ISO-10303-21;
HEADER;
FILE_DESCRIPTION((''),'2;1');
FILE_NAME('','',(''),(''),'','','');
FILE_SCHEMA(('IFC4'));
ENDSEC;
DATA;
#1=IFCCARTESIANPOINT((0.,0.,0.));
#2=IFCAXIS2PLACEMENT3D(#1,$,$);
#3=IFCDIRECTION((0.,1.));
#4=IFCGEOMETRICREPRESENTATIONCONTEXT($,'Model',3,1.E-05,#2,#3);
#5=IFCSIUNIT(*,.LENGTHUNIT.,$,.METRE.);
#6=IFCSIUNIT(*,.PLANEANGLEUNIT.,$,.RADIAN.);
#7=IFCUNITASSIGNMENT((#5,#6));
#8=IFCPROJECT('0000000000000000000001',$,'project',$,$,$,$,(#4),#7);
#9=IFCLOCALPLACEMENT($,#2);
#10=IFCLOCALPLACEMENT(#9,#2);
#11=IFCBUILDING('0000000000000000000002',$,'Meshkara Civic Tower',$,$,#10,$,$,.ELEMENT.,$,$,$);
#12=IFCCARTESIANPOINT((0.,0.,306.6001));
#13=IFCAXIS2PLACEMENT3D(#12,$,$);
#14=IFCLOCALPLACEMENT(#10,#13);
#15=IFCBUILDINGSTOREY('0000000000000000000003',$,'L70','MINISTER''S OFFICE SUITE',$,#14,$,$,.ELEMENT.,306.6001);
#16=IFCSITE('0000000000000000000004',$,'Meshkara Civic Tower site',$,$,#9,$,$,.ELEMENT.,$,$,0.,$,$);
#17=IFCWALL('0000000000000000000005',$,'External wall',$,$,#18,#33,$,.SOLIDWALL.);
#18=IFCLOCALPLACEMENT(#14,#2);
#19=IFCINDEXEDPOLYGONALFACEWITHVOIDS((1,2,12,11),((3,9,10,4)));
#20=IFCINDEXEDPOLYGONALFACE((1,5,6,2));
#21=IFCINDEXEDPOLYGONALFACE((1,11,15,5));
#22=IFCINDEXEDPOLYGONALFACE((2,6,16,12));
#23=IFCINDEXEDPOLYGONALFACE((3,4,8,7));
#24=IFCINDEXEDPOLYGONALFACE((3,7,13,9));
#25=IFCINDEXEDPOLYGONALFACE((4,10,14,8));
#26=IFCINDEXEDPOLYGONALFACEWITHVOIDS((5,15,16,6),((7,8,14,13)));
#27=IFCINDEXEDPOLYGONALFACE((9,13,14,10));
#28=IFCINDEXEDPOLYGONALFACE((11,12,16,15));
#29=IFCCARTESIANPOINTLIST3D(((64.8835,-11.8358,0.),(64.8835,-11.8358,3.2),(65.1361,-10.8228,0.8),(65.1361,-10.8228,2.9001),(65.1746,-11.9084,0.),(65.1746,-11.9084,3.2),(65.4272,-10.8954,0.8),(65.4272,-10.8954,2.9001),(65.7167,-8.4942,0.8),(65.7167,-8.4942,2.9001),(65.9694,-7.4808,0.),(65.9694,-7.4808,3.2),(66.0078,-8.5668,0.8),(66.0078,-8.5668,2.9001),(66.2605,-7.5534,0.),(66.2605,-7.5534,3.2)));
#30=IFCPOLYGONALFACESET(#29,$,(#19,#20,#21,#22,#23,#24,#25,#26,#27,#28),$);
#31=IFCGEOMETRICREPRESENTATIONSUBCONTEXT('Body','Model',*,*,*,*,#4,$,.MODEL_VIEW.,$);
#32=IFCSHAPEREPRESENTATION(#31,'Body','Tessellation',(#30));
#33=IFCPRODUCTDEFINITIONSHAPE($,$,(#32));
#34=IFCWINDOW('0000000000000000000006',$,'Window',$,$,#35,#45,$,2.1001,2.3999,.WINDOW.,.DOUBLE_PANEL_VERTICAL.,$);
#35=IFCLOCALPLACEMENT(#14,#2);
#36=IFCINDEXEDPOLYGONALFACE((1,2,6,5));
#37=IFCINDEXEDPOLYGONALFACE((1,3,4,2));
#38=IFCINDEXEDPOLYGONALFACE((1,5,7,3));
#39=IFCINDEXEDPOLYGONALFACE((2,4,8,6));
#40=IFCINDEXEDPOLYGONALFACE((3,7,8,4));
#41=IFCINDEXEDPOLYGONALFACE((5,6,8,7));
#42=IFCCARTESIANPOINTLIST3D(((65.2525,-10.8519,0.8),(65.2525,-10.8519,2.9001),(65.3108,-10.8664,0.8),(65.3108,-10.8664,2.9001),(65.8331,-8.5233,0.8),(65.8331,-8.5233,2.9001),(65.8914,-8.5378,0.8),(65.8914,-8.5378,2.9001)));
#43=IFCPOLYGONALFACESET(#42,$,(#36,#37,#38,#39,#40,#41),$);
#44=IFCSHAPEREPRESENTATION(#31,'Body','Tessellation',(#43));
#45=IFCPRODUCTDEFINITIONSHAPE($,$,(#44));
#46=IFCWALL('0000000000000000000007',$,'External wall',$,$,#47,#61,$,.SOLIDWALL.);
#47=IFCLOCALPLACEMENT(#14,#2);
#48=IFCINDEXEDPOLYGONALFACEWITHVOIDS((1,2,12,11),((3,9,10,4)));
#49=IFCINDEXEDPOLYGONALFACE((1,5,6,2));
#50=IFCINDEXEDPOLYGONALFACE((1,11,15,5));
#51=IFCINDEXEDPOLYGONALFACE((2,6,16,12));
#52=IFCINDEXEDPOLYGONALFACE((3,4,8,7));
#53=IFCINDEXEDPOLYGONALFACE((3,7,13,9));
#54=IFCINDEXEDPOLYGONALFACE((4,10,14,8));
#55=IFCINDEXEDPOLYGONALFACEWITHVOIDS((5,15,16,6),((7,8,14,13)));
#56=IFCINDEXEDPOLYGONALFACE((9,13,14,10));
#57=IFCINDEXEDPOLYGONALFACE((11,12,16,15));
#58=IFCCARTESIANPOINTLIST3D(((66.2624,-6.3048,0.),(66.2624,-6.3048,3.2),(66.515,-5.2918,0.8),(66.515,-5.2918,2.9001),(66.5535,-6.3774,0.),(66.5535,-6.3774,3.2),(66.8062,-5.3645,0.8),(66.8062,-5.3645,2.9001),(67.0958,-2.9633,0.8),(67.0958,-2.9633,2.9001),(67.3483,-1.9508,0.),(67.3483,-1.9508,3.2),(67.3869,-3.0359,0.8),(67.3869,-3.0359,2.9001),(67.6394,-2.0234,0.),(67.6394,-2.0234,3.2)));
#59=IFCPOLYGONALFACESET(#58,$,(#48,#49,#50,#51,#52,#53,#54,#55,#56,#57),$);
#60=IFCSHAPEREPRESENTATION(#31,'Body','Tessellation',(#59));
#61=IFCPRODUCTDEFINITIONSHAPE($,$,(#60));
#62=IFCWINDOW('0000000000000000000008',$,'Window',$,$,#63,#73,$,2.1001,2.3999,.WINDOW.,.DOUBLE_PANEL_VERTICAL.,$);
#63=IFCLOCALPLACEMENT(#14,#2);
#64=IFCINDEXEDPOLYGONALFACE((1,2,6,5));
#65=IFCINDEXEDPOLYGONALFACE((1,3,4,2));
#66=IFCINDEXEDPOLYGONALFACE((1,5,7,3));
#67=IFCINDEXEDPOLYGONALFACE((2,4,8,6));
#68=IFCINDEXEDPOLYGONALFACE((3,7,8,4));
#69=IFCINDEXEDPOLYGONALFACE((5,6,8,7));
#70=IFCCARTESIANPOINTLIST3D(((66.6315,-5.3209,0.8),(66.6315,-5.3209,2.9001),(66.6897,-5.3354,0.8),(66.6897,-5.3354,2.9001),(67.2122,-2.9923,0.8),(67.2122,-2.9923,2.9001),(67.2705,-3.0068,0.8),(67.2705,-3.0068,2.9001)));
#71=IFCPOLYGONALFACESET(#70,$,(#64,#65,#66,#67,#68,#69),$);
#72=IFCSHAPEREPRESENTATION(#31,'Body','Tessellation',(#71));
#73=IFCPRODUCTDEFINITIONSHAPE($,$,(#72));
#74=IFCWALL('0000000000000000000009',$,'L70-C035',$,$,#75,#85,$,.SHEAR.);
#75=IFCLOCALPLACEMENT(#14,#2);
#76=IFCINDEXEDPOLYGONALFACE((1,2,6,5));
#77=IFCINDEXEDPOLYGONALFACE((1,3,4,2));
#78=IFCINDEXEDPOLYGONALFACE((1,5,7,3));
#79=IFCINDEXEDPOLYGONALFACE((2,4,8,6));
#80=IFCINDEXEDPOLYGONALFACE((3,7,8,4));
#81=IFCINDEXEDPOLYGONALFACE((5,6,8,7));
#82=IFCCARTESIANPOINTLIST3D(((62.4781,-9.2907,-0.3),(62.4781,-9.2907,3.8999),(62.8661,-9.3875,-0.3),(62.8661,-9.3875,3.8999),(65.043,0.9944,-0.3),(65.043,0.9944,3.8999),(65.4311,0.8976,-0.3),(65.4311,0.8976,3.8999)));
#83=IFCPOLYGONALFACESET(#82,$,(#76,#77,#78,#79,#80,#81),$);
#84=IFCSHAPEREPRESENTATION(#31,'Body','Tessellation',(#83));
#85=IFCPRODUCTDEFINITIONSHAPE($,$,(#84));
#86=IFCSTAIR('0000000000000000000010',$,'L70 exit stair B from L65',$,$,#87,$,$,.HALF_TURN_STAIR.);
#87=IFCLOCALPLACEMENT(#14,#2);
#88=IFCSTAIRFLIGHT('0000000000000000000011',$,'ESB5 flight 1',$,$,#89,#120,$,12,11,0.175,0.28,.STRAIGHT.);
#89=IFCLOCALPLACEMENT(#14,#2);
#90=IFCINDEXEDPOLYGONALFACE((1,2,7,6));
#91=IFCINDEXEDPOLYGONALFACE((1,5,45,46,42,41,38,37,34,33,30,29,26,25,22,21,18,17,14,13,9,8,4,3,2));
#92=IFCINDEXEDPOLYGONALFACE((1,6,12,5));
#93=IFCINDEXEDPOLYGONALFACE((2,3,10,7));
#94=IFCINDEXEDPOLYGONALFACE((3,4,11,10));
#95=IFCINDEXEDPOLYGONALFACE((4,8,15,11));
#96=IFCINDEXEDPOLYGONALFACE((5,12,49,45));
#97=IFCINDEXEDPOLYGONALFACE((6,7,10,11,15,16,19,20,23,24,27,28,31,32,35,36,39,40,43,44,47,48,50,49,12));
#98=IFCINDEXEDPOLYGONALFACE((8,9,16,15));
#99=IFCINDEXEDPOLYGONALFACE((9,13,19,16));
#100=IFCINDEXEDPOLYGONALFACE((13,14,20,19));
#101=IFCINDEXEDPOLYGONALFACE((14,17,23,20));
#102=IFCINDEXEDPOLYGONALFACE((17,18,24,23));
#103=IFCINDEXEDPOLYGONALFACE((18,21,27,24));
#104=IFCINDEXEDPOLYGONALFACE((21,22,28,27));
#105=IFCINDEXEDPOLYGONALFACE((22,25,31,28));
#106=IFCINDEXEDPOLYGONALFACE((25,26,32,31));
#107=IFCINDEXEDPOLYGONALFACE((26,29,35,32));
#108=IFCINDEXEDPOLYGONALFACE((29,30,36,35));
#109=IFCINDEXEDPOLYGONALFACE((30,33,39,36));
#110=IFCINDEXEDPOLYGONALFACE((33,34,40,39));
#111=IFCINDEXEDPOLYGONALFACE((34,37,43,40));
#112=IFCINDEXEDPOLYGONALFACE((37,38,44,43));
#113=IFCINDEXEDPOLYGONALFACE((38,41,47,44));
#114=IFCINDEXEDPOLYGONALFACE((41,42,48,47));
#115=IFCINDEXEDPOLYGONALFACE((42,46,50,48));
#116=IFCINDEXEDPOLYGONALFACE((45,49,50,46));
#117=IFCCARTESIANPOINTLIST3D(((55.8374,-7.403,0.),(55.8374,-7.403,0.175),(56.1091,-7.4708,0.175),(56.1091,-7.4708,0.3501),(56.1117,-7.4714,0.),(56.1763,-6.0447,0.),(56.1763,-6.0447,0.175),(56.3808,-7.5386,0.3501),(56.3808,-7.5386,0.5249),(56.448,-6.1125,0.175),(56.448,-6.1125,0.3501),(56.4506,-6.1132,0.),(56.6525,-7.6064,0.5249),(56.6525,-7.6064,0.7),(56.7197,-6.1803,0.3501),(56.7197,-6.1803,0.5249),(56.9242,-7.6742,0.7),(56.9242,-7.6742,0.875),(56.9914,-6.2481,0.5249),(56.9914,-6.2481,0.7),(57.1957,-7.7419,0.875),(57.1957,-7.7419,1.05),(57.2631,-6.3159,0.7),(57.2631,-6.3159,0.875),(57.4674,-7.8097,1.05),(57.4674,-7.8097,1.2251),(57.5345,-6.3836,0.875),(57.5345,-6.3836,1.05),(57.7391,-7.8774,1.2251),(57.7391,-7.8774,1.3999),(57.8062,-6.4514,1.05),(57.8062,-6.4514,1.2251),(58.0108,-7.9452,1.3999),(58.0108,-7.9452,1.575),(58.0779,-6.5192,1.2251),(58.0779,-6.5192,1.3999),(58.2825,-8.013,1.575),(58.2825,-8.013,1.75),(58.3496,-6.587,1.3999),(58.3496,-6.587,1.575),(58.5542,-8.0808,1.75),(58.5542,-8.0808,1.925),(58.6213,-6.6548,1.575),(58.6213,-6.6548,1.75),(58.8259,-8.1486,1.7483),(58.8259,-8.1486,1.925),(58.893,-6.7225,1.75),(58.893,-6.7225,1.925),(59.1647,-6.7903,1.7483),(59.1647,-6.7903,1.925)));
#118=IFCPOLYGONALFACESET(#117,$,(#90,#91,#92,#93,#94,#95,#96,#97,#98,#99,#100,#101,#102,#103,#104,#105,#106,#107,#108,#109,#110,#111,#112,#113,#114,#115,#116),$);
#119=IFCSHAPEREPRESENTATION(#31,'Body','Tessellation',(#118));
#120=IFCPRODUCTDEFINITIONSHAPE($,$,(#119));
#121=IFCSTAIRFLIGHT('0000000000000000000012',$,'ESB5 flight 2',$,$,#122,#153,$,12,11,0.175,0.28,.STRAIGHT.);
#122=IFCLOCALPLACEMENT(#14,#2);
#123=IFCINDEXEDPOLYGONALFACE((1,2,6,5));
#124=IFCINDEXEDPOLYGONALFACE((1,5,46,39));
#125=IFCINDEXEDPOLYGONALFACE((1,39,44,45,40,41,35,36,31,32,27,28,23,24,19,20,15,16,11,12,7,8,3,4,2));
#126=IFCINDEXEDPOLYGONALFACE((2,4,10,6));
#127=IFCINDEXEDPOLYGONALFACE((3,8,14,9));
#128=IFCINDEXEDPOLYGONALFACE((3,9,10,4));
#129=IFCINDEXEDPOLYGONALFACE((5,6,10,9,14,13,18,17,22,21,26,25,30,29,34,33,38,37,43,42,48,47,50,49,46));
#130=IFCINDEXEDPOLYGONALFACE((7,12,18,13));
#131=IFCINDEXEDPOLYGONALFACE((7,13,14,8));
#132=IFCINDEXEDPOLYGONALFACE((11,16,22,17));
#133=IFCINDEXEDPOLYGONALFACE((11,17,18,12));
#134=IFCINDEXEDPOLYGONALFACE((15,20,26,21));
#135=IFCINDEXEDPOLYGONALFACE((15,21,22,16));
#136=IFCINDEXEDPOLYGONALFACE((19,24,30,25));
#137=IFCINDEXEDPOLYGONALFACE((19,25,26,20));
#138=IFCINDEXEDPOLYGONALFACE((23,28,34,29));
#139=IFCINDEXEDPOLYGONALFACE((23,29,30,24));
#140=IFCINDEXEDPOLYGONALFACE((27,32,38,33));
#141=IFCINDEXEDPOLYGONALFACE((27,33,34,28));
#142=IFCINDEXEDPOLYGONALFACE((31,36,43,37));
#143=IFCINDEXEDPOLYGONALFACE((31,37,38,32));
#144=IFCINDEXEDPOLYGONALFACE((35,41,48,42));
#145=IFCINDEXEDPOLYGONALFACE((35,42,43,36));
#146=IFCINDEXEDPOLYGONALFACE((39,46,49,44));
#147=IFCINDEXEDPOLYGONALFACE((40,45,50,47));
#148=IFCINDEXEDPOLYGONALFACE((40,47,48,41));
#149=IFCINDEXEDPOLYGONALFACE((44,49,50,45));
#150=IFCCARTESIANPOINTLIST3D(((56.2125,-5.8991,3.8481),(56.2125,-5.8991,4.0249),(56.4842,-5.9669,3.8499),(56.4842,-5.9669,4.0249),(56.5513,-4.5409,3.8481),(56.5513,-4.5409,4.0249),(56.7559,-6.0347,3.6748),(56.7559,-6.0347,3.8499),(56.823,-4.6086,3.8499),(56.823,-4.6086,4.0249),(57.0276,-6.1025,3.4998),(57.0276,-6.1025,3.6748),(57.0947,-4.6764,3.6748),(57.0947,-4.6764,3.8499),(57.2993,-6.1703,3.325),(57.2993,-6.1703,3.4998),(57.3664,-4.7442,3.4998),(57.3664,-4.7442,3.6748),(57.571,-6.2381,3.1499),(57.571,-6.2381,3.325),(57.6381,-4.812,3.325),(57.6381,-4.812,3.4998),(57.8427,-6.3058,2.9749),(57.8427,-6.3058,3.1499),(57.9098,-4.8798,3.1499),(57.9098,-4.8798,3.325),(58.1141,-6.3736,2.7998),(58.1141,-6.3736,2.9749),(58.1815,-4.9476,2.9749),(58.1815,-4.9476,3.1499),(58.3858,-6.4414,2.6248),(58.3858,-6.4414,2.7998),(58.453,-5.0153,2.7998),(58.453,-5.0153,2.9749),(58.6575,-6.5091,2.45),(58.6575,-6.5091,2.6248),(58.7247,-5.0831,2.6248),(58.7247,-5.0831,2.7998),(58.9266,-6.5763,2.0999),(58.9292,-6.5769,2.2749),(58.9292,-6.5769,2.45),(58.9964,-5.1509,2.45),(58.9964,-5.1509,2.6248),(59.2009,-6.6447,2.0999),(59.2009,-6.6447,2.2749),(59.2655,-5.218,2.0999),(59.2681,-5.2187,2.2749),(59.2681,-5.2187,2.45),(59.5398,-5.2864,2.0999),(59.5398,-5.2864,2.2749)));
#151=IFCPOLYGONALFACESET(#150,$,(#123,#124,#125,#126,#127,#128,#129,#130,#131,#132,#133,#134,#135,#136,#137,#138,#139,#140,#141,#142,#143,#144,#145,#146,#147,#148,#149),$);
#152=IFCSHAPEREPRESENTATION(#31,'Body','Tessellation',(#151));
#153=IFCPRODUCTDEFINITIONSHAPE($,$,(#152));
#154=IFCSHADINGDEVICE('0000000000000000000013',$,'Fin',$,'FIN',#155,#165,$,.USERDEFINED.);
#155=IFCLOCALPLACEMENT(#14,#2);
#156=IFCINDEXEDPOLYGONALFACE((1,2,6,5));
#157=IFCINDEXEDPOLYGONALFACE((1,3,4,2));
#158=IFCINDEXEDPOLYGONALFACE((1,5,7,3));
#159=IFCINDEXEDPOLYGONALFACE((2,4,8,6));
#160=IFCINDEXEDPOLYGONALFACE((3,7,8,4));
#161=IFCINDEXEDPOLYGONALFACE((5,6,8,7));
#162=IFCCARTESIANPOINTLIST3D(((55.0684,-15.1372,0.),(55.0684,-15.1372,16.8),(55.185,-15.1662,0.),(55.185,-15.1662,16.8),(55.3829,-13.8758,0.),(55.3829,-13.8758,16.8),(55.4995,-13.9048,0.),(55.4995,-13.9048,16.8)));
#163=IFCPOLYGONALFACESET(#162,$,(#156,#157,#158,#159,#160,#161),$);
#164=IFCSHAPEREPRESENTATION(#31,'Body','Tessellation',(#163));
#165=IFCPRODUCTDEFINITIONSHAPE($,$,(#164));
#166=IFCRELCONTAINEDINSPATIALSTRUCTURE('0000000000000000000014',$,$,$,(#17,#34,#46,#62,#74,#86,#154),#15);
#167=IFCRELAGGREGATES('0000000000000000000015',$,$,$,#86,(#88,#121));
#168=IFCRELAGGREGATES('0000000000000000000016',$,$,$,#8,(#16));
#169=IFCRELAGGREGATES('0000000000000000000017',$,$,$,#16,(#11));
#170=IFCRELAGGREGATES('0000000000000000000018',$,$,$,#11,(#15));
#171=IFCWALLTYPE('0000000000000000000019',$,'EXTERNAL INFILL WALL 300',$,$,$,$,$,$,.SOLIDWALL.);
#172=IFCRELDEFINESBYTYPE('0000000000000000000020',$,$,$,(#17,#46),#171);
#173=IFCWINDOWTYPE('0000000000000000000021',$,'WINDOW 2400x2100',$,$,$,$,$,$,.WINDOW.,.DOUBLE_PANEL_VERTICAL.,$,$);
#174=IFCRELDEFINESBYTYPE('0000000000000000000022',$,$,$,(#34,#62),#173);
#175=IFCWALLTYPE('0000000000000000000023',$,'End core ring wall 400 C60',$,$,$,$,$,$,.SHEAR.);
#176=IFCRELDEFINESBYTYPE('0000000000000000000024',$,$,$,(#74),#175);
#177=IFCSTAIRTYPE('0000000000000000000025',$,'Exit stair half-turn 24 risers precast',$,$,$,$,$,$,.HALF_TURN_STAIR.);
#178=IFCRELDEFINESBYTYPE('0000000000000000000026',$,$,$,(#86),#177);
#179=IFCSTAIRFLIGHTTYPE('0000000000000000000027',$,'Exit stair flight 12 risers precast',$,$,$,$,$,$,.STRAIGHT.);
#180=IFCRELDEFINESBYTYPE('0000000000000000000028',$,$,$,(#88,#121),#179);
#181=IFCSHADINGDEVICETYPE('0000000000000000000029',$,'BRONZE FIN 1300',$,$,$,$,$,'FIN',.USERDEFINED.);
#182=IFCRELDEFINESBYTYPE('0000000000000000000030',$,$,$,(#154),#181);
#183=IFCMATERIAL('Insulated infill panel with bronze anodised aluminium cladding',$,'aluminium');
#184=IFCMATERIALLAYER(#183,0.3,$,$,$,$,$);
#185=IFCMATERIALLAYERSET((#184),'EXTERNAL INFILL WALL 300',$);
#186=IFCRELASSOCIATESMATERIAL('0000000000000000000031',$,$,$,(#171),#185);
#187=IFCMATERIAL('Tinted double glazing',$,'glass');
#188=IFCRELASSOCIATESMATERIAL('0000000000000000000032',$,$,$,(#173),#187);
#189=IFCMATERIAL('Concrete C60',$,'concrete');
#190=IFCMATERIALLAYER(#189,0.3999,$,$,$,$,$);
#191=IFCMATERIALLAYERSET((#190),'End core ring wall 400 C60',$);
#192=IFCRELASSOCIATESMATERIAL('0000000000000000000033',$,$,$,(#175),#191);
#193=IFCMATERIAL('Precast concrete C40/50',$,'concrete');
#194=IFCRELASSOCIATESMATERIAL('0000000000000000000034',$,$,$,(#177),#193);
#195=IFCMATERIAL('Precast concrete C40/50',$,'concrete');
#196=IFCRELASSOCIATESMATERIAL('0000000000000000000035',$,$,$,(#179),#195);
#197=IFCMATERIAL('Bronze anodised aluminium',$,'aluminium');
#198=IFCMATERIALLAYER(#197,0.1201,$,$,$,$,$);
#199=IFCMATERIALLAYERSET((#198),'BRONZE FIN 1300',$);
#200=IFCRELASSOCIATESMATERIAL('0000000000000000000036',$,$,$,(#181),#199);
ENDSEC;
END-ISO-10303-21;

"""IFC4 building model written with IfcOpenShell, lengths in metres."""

from ifc_helpers import new_model, si_unit, direction, frame, frame_2d, origin, origin_2d, place, context, subcontext, project, spatial, polyline, rectangle, outline, extrude, material, layer, layer_set, type_object, element, fill, aggregate, save


model = new_model("IFC4")

# Units and contexts
model_context = context("Model", 3, precision=1e-05, world=origin(), true_north=direction((0.0, 1.0)))
body_context = subcontext(model_context, "Body", "Model", "MODEL_VIEW")
ifc_project = project(units=[si_unit("LENGTHUNIT", "METRE"), si_unit("PLANEANGLEUNIT", "RADIAN")], contexts=[model_context])

# Site, building, storey
site_placement = place(None, origin())
site = spatial("IfcSite", under=ifc_project, at=site_placement, Name="Meshkara Civic Tower site", CompositionType="ELEMENT", RefElevation=0.0)
building_placement = place(site_placement, origin())
building = spatial("IfcBuilding", under=site, at=building_placement, Name="Meshkara Civic Tower", CompositionType="ELEMENT")
storey_placement = place(building_placement, frame((0.0, 0.0, 306.6001)))
storey = spatial("IfcBuildingStorey", under=building, at=storey_placement, Name="L70", Description="MINISTER'S OFFICE SUITE", CompositionType="ELEMENT", Elevation=306.6001)

# Walls, openings, windows
ifc_material_1 = material(Name="Insulated infill panel with bronze anodised aluminium cladding", Category="aluminium")
ifc_layer_1 = layer(ifc_material_1, 0.3)
ifc_layer_set_1 = layer_set([ifc_layer_1], Name="EXTERNAL INFILL WALL 300")
wall_type_1 = type_object("IfcWallType", Name="EXTERNAL INFILL WALL 300", PredefinedType="SOLIDWALL", material=ifc_layer_set_1)
ifc_material_2 = material(Name="Tinted double glazing", Category="glass")
window_type = type_object("IfcWindowType", Name="WINDOW 2400x2100", PartitioningType="DOUBLE_PANEL_VERTICAL", PredefinedType="WINDOW", material=ifc_material_2)
wall_1_placement = place(storey_placement, frame((65.0291, -11.8721, 0.0), z_axis=(0.0, 0.0, 1.0), x_axis=(0.241947, 0.97029, 0.0)))
wall_1 = element("IfcWall", 1, at=wall_1_placement, inside=storey, type_object=wall_type_1, Name="External wall", PredefinedType="SOLIDWALL", context=body_context, shape_type="SweptSolid", body=[
    extrude(rectangle(XDim=4.4883, YDim=0.3, at=frame_2d((2.2441, 0.0))), origin(), (0.0, 0.0, 1.0), 3.2),
])
opening_1_placement = place(wall_1_placement, frame((1.0439, 0.0, 0.8)))
opening_1 = element("IfcOpeningElement", 2, at=opening_1_placement, cuts=wall_1, PredefinedType="OPENING", context=body_context, shape_type="SweptSolid", body=[
    extrude(rectangle(XDim=2.3999, YDim=2.1001, at=frame_2d((1.2, 1.05))), frame((0.0, 0.1599, 0.0), z_axis=(0.0, -1.0, 0.0), x_axis=(1.0, 0.0, 0.0)), (0.0, 0.0, 1.0), 0.3201),
])
window_1_placement = place(opening_1_placement, origin())
window_1 = element("IfcWindow", 3, at=window_1_placement, inside=storey, type_object=window_type, Name="Window", OverallHeight=2.1001, OverallWidth=2.3999, PartitioningType="DOUBLE_PANEL_VERTICAL", PredefinedType="WINDOW", context=body_context, shape_type="SweptSolid", body=[
    extrude(rectangle(XDim=2.3999, YDim=2.1001, at=frame_2d((1.2, 1.05))), frame((0.0, 0.03, 0.0), z_axis=(0.0, -1.0, 0.0), x_axis=(1.0, 0.0, 0.0)), (0.0, 0.0, 1.0), 0.0601),
])
fill(opening_1, window_1)
wall_2_placement = place(storey_placement, frame((66.408, -6.3411, 0.0), z_axis=(0.0, 0.0, 1.0), x_axis=(0.241998, 0.970277, 0.0)))
wall_2 = element("IfcWall", 4, at=wall_2_placement, inside=storey, type_object=wall_type_1, Name="External wall", PredefinedType="SOLIDWALL", context=body_context, shape_type="SweptSolid", body=[
    extrude(rectangle(XDim=4.4873, YDim=0.3, at=frame_2d((2.2437, 0.0))), origin(), (0.0, 0.0, 1.0), 3.2),
])
opening_2_placement = place(wall_2_placement, frame((1.0439, 0.0, 0.8)))
opening_2 = element("IfcOpeningElement", 5, at=opening_2_placement, cuts=wall_2, PredefinedType="OPENING", context=body_context, shape_type="SweptSolid", body=[
    extrude(rectangle(XDim=2.3999, YDim=2.1001, at=frame_2d((1.2, 1.05))), frame((0.0, 0.1599, 0.0), z_axis=(0.0, -1.0, 0.0), x_axis=(1.0, 0.0, 0.0)), (0.0, 0.0, 1.0), 0.3201),
])
window_2_placement = place(opening_2_placement, origin())
window_2 = element("IfcWindow", 6, at=window_2_placement, inside=storey, type_object=window_type, Name="Window", OverallHeight=2.1001, OverallWidth=2.3999, PartitioningType="DOUBLE_PANEL_VERTICAL", PredefinedType="WINDOW", context=body_context, shape_type="SweptSolid", body=[
    extrude(rectangle(XDim=2.3999, YDim=2.1001, at=frame_2d((1.2, 1.05))), frame((0.0, 0.03, 0.0), z_axis=(0.0, -1.0, 0.0), x_axis=(1.0, 0.0, 0.0)), (0.0, 0.0, 1.0), 0.0601),
])
fill(opening_2, window_2)

# Wall
ifc_material_3 = material(Name="Concrete C60", Category="concrete")
ifc_layer_2 = layer(ifc_material_3, 0.3999)
ifc_layer_set_2 = layer_set([ifc_layer_2], Name="End core ring wall 400 C60")
wall_type_2 = type_object("IfcWallType", Name="End core ring wall 400 C60", PredefinedType="SHEAR", material=ifc_layer_set_2)
wall_3_placement = place(storey_placement, frame((62.6721, -9.3391, -0.3), z_axis=(0.0, 0.0, 1.0), x_axis=(0.241972, 0.970283, 0.0)))
element("IfcWall", 7, at=wall_3_placement, inside=storey, type_object=wall_type_2, Name="L70-C035", PredefinedType="SHEAR", context=body_context, shape_type="SweptSolid", body=[
    extrude(rectangle(XDim=10.6001, YDim=0.3999, at=frame_2d((5.3, 0.0))), origin(), (0.0, 0.0, 1.0), 4.2),
])

# Stair, stair flights
ifc_material_4 = material(Name="Precast concrete C40/50", Category="concrete")
stair_type = type_object("IfcStairType", Name="Exit stair half-turn 24 risers precast", PredefinedType="HALF_TURN_STAIR", material=ifc_material_4)
stair_placement = place(storey_placement, origin())
stair = element("IfcStair", 8, at=stair_placement, inside=storey, type_object=stair_type, Name="L70 exit stair B from L65", PredefinedType="HALF_TURN_STAIR")
ifc_material_5 = material(Name="Precast concrete C40/50", Category="concrete")
stair_flight_type = type_object("IfcStairFlightType", Name="Exit stair flight 12 risers precast", PredefinedType="STRAIGHT", material=ifc_material_5)
stair_flight_1_placement = place(storey_placement, frame((56.0068, -6.7239, 0.0), z_axis=(0.0, 0.0, 1.0), x_axis=(0.97026, -0.242065, 0.0)))
stair_flight_1 = element("IfcStairFlight", 9, at=stair_flight_1_placement, type_object=stair_flight_type, Name="ESB5 flight 1", NumberOfRisers=12, NumberOfTreads=11, PredefinedType="STRAIGHT", RiserHeight=0.175, TreadLength=0.28, context=body_context, shape_type="SweptSolid", body=[
    extrude(outline(polyline([(0.0, 0.0), (0.0, 0.175), (0.28, 0.175), (0.28, 0.3501), (0.5601, 0.3501), (0.5601, 0.5249), (0.8401, 0.5249), (0.8401, 0.7), (1.1201, 0.7), (1.1201, 0.875), (1.3999, 0.875), (1.3999, 1.05), (1.6799, 1.05), (1.6799, 1.2251), (1.96, 1.2251), (1.96, 1.3999), (2.24, 1.3999), (2.24, 1.575), (2.52, 1.575), (2.52, 1.75), (2.8, 1.75), (2.8, 1.925), (3.0801, 1.925), (3.0801, 2.1001), (3.0801, 1.7483), (0.2827, 0.0), (0.0, 0.0)])), frame((0.0, 0.7, 0.0), z_axis=(0.0, -1.0, 0.0), x_axis=(1.0, 0.0, 0.0)), (0.0, 0.0, 1.0), 1.3999),
])
stair_flight_2_placement = place(storey_placement, frame((59.3704, -5.9656, 2.0999), z_axis=(0.0, 0.0, 1.0), x_axis=(-0.97026, 0.242065, 0.0)))
stair_flight_2 = element("IfcStairFlight", 10, at=stair_flight_2_placement, type_object=stair_flight_type, Name="ESB5 flight 2", NumberOfRisers=12, NumberOfTreads=11, PredefinedType="STRAIGHT", RiserHeight=0.175, TreadLength=0.28, context=body_context, shape_type="SweptSolid", body=[
    extrude(outline(polyline([(0.0, 0.0), (0.0, 0.175), (0.28, 0.175), (0.28, 0.3501), (0.5601, 0.3501), (0.5601, 0.5249), (0.8401, 0.5249), (0.8401, 0.7), (1.1201, 0.7), (1.1201, 0.875), (1.3999, 0.875), (1.3999, 1.05), (1.6799, 1.05), (1.6799, 1.2251), (1.96, 1.2251), (1.96, 1.3999), (2.24, 1.3999), (2.24, 1.575), (2.52, 1.575), (2.52, 1.75), (2.8, 1.75), (2.8, 1.925), (3.0801, 1.925), (3.0801, 2.1001), (3.0801, 1.7483), (0.2827, 0.0), (0.0, 0.0)])), frame((0.0, 0.7, 0.0), z_axis=(0.0, -1.0, 0.0), x_axis=(1.0, 0.0, 0.0)), (0.0, 0.0, 1.0), 1.3999),
])
aggregate(stair, [stair_flight_1, stair_flight_2])

# Shading device
ifc_material_6 = material(Name="Bronze anodised aluminium", Category="aluminium")
ifc_layer_3 = layer(ifc_material_6, 0.1201)
ifc_layer_set_3 = layer_set([ifc_layer_3], Name="BRONZE FIN 1300")
shading_device_type_1 = type_object("IfcShadingDeviceType", Name="BRONZE FIN 1300", ElementType="FIN", PredefinedType="USERDEFINED", material=ifc_layer_set_3)
shading_device_placement = place(storey_placement, frame((55.2839, -14.521, 0.0), z_axis=(0.0, 0.0, 1.0), x_axis=(0.970296, -0.241922, 0.0)))
element("IfcShadingDevice", 11, at=shading_device_placement, inside=storey, type_object=shading_device_type_1, Name="Fin", ObjectType="FIN", PredefinedType="USERDEFINED", context=body_context, shape_type="SweptSolid", body=[
    extrude(rectangle(XDim=0.1201, YDim=1.3, at=origin_2d()), origin(), (0.0, 0.0, 1.0), 16.8),
])

save(model, "model.ifc")
